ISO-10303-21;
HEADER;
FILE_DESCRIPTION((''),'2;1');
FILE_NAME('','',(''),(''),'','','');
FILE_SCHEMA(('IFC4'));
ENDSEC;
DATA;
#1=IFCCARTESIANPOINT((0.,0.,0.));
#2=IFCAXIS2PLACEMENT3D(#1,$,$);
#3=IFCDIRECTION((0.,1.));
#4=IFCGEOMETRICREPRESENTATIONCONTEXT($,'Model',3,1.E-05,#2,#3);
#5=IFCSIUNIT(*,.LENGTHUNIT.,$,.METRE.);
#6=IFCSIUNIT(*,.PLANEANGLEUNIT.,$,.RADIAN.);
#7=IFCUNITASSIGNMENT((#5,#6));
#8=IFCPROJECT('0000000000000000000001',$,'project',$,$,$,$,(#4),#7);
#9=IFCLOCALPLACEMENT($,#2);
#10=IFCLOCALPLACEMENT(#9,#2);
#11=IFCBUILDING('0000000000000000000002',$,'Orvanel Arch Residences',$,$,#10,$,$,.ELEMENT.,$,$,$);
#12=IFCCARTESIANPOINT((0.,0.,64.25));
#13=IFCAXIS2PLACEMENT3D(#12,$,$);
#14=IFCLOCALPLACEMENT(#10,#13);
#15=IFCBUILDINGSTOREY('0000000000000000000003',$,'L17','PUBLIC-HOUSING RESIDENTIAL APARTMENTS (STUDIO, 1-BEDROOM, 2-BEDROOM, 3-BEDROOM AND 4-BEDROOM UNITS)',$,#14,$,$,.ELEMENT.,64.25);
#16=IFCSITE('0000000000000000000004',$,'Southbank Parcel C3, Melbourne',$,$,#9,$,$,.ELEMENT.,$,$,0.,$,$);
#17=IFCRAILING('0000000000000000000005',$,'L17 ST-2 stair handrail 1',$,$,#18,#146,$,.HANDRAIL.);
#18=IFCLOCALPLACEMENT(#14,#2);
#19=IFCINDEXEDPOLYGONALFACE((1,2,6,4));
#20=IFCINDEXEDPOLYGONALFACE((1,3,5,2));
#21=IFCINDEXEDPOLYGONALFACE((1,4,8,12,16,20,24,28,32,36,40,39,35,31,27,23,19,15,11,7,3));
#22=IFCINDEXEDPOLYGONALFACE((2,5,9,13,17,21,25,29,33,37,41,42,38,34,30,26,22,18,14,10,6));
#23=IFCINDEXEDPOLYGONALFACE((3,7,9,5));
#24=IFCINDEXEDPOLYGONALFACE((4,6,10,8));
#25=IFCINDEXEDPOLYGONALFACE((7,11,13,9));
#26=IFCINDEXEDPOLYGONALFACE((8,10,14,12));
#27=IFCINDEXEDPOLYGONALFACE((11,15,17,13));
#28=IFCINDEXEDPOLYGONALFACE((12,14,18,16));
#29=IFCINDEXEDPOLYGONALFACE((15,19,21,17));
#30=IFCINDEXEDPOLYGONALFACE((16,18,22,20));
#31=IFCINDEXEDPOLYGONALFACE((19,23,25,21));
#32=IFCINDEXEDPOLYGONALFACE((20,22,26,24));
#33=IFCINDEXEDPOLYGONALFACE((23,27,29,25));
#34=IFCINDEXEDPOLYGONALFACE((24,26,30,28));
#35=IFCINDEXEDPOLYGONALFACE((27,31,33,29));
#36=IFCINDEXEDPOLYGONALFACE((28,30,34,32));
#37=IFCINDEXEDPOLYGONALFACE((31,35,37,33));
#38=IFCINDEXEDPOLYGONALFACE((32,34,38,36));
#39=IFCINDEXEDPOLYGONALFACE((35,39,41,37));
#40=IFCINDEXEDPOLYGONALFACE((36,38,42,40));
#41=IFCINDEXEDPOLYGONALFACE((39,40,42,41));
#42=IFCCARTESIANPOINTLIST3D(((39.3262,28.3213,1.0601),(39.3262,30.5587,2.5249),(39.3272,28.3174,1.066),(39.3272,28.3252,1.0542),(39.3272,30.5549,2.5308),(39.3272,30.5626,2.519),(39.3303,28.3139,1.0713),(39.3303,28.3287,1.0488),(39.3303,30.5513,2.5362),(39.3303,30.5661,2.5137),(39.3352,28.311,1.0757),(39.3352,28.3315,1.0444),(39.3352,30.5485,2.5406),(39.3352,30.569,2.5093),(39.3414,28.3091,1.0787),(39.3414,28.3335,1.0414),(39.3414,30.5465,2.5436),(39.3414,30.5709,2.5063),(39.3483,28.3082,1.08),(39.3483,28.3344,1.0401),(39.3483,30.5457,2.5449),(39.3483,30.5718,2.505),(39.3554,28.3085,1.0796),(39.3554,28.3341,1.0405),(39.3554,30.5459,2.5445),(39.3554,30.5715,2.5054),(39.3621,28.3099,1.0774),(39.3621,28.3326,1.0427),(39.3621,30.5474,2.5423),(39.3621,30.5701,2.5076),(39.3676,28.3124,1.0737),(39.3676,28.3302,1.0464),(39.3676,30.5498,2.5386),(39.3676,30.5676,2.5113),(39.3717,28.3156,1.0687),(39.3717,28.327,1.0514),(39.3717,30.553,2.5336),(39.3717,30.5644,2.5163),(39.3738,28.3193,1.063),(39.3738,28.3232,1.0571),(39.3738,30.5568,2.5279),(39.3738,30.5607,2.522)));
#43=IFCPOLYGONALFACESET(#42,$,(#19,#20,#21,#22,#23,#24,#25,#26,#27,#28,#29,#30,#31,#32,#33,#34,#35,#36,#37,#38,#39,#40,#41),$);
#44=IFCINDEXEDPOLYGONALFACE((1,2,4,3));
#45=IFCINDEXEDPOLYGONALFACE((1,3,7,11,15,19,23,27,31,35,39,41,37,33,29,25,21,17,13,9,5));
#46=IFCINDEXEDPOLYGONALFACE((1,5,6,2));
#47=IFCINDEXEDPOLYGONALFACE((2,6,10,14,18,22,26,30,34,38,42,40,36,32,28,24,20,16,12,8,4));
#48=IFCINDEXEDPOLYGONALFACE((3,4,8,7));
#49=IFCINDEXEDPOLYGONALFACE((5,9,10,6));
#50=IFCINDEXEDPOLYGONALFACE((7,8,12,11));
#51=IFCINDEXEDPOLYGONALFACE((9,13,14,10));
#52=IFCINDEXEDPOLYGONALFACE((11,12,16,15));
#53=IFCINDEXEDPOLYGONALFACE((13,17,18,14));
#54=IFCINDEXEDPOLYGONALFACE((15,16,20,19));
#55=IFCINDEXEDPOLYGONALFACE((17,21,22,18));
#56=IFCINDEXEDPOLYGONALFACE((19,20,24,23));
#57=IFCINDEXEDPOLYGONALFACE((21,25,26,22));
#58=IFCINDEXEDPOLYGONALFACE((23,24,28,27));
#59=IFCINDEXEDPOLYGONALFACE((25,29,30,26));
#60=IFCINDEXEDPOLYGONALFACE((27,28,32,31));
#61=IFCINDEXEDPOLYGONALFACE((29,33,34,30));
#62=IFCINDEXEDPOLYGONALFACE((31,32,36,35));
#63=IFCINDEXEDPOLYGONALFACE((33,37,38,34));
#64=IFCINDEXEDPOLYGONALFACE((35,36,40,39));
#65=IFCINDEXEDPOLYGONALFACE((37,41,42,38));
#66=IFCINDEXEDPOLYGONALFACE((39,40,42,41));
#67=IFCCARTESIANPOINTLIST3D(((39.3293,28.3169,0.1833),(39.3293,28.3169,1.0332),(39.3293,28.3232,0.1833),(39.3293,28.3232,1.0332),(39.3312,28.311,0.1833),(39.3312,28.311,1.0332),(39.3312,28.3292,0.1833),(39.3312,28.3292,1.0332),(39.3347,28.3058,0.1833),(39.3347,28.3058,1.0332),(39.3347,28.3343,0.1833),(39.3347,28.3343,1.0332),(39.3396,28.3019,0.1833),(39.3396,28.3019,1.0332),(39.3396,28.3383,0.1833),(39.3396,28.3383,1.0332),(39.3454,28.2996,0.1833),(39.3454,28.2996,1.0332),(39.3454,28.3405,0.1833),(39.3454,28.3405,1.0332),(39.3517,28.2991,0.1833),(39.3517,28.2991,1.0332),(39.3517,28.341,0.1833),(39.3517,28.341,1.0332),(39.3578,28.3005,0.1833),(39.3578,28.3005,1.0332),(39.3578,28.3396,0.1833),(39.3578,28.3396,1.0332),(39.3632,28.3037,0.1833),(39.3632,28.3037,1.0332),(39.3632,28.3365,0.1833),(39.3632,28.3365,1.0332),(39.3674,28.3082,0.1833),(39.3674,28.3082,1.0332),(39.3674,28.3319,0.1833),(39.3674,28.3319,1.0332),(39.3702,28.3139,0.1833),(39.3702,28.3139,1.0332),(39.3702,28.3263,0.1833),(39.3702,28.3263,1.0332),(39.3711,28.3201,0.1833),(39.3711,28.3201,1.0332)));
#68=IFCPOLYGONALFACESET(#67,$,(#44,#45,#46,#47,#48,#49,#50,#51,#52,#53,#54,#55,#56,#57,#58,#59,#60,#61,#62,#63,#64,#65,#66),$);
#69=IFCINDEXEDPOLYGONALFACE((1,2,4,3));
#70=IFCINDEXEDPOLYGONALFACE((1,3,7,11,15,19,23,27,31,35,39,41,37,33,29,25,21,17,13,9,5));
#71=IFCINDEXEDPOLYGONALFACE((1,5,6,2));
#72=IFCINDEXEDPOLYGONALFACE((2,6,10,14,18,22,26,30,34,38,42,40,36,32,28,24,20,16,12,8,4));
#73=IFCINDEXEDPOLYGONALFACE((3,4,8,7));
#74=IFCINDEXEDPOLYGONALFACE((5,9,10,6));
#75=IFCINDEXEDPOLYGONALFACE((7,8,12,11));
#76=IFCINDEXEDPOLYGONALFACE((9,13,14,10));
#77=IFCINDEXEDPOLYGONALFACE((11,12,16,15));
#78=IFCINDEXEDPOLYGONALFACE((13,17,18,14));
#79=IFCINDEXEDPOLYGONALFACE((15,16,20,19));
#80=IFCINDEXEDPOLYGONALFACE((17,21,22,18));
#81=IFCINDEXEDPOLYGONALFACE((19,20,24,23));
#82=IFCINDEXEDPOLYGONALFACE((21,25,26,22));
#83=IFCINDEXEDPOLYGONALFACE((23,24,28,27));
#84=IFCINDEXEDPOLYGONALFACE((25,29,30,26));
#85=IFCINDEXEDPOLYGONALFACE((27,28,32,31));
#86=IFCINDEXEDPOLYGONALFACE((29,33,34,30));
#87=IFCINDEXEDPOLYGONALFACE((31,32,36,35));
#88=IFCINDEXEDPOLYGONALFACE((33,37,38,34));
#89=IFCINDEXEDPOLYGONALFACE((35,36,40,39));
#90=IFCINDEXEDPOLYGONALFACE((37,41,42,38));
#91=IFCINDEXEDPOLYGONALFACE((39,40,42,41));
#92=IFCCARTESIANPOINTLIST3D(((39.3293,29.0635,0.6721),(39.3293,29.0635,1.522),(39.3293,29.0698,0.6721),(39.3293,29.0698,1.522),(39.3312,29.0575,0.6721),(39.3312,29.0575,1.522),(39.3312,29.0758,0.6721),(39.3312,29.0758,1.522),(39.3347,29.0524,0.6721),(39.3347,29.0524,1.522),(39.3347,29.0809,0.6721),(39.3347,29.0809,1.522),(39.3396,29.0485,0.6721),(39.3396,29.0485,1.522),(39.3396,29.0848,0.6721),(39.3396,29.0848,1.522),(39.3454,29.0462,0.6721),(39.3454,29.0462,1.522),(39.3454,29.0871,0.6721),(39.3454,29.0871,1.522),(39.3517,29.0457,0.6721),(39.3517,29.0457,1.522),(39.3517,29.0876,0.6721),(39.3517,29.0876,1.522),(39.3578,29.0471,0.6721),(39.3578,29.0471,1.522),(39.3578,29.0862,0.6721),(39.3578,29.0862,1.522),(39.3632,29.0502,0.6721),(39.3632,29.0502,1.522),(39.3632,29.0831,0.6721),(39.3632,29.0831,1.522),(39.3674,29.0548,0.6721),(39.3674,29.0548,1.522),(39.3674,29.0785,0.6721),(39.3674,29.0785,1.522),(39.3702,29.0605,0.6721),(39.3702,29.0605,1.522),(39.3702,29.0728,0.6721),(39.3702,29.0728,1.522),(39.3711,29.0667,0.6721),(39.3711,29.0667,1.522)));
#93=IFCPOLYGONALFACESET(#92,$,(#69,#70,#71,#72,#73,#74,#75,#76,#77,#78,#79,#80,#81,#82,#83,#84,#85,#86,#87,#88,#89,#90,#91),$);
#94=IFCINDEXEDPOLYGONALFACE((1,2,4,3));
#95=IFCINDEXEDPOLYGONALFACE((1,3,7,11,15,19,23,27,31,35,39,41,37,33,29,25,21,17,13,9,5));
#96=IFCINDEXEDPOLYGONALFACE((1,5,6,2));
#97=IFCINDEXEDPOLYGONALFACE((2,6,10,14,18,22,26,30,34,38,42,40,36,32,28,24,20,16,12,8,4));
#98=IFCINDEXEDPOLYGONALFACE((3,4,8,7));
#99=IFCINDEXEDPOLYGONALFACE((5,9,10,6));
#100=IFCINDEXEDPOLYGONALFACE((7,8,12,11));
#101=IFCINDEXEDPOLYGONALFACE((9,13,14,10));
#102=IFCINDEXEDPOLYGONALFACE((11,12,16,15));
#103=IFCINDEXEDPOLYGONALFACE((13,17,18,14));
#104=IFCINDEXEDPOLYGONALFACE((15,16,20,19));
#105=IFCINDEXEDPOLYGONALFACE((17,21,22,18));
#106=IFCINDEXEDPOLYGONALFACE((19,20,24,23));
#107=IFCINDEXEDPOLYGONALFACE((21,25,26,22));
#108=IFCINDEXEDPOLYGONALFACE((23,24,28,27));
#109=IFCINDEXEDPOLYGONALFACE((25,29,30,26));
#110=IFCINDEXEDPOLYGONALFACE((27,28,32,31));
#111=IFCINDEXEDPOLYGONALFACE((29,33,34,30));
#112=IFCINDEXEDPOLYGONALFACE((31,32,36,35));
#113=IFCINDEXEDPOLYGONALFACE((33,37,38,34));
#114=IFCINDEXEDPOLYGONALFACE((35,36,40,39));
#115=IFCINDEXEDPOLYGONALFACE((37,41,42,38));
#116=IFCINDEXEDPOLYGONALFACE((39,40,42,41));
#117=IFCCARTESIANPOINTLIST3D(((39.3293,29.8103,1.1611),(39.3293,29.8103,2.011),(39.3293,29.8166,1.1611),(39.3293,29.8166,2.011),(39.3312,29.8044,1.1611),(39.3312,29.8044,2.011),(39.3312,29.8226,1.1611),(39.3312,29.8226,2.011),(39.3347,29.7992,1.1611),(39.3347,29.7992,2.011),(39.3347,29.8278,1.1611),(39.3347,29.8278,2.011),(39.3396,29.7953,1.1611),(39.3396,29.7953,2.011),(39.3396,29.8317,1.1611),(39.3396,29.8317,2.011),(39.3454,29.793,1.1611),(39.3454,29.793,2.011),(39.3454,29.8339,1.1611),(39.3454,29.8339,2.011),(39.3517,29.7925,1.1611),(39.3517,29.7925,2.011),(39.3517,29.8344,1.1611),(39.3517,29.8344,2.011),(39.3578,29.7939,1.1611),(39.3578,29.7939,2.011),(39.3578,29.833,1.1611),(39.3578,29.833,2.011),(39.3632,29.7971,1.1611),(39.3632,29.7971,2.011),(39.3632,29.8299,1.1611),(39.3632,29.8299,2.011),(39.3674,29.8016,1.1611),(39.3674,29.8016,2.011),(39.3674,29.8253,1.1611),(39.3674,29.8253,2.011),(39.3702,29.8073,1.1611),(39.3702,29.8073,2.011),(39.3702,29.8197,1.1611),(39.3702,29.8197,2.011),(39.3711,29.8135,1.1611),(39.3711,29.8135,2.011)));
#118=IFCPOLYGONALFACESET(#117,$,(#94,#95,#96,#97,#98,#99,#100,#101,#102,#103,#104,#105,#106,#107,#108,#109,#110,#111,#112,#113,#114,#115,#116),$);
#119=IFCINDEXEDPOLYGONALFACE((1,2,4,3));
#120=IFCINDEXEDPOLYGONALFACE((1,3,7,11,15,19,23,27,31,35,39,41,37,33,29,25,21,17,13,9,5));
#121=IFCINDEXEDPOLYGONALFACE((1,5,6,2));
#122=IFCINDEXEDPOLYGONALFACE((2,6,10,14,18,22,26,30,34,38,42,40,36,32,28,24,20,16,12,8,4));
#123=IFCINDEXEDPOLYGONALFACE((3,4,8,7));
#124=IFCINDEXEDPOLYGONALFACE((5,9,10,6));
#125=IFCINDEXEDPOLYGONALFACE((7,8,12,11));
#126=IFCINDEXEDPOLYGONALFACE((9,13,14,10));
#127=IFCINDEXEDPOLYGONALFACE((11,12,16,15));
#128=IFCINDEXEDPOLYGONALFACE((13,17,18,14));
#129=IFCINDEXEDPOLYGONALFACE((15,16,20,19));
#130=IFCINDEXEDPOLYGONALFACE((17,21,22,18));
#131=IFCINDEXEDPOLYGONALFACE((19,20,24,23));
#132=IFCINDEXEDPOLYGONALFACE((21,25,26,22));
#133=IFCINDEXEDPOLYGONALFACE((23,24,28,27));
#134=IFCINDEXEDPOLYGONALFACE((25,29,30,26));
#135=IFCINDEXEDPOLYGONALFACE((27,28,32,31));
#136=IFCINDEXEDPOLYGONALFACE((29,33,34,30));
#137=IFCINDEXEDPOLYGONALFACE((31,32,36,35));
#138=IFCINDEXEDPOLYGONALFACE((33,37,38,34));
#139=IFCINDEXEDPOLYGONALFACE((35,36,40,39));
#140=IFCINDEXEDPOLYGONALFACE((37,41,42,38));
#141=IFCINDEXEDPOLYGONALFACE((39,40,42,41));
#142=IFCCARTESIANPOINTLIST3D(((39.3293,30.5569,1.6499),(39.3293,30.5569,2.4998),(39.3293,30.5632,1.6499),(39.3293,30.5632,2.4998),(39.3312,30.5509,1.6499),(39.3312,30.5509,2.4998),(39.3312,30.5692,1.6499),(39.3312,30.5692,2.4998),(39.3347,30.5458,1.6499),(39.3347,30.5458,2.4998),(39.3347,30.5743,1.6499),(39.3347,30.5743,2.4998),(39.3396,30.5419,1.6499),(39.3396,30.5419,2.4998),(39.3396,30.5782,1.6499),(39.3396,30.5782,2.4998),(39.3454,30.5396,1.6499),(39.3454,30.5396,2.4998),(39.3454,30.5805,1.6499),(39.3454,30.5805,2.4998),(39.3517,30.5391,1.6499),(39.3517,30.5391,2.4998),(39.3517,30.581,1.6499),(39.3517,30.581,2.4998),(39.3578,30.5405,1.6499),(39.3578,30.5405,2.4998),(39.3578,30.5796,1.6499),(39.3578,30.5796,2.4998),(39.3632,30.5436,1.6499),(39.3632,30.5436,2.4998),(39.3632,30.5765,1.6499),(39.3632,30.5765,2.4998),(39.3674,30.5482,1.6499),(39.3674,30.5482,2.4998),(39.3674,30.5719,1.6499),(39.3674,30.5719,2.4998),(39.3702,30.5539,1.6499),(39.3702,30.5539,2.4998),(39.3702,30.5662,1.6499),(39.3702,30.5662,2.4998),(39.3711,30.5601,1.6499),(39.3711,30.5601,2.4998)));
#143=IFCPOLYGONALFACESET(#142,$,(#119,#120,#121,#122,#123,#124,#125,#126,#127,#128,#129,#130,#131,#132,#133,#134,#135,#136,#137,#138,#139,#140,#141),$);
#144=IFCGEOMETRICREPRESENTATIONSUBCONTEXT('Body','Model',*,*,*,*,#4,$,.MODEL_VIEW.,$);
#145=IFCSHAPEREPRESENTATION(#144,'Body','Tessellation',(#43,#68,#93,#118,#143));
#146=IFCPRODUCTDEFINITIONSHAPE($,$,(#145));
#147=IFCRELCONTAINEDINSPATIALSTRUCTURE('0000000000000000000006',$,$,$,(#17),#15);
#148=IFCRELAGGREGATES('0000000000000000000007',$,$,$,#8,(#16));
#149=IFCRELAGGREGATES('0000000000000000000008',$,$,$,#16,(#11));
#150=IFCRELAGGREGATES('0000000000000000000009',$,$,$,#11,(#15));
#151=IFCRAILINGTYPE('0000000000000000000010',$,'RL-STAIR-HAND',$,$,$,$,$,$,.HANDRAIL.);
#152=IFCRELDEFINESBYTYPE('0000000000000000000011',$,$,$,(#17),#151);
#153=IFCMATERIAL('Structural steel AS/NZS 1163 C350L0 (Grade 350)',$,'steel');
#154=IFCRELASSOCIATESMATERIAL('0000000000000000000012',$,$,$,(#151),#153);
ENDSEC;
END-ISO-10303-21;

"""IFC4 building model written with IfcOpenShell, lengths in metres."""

from ifc_helpers import new_model, si_unit, direction, frame, origin, origin_2d, place, context, subcontext, project, spatial, circle, extrude, material, type_object, element, save


model = new_model("IFC4")

# Units and contexts
model_context = context("Model", 3, precision=1e-05, world=origin(), true_north=direction((0.0, 1.0)))
body_context = subcontext(model_context, "Body", "Model", "MODEL_VIEW")
ifc_project = project(units=[si_unit("LENGTHUNIT", "METRE"), si_unit("PLANEANGLEUNIT", "RADIAN")], contexts=[model_context])

# Site, building, storey
site_placement = place(None, origin())
site = spatial("IfcSite", under=ifc_project, at=site_placement, Name="Southbank Parcel C3, Melbourne", CompositionType="ELEMENT", RefElevation=0.0)
building_placement = place(site_placement, origin())
building = spatial("IfcBuilding", under=site, at=building_placement, Name="Orvanel Arch Residences", CompositionType="ELEMENT")
storey_placement = place(building_placement, frame((0.0, 0.0, 64.25)))
storey = spatial("IfcBuildingStorey", under=building, at=storey_placement, Name="L17", Description="PUBLIC-HOUSING RESIDENTIAL APARTMENTS (STUDIO, 1-BEDROOM, 2-BEDROOM, 3-BEDROOM AND 4-BEDROOM UNITS)", CompositionType="ELEMENT", Elevation=64.25)

# Railing
ifc_material_1 = material(Name="Structural steel AS/NZS 1163 C350L0 (Grade 350)", Category="steel")
railing_type_1 = type_object("IfcRailingType", Name="RL-STAIR-HAND", PredefinedType="HANDRAIL", material=ifc_material_1)
railing_1_placement = place(storey_placement, frame((39.3501, 28.3201, 0.1833)))
element("IfcRailing", 1, at=railing_1_placement, inside=storey, type_object=railing_type_1, Name="L17 ST-2 stair handrail 1", PredefinedType="HANDRAIL", context=body_context, shape_type="SweptSolid", body=[
    extrude(circle(Radius=0.0239, at=origin_2d()), frame((0.0, 0.0012, 0.8767), z_axis=(0.0, 0.836637, 0.547758), x_axis=(-1.0, 0.0, 0.0)), (0.0, 0.0, 1.0), 2.6743),
    extrude(circle(Radius=0.021, at=origin_2d()), origin(), (0.0, 0.0, 1.0), 0.8499),
    extrude(circle(Radius=0.021, at=origin_2d()), frame((0.0, 0.7466, 0.4888)), (0.0, 0.0, 1.0), 0.8499),
    extrude(circle(Radius=0.021, at=origin_2d()), frame((0.0, 1.4934, 0.9778)), (0.0, 0.0, 1.0), 0.8499),
    extrude(circle(Radius=0.021, at=origin_2d()), frame((0.0, 2.24, 1.4666)), (0.0, 0.0, 1.0), 0.8499),
])

save(model, "model.ifc")
